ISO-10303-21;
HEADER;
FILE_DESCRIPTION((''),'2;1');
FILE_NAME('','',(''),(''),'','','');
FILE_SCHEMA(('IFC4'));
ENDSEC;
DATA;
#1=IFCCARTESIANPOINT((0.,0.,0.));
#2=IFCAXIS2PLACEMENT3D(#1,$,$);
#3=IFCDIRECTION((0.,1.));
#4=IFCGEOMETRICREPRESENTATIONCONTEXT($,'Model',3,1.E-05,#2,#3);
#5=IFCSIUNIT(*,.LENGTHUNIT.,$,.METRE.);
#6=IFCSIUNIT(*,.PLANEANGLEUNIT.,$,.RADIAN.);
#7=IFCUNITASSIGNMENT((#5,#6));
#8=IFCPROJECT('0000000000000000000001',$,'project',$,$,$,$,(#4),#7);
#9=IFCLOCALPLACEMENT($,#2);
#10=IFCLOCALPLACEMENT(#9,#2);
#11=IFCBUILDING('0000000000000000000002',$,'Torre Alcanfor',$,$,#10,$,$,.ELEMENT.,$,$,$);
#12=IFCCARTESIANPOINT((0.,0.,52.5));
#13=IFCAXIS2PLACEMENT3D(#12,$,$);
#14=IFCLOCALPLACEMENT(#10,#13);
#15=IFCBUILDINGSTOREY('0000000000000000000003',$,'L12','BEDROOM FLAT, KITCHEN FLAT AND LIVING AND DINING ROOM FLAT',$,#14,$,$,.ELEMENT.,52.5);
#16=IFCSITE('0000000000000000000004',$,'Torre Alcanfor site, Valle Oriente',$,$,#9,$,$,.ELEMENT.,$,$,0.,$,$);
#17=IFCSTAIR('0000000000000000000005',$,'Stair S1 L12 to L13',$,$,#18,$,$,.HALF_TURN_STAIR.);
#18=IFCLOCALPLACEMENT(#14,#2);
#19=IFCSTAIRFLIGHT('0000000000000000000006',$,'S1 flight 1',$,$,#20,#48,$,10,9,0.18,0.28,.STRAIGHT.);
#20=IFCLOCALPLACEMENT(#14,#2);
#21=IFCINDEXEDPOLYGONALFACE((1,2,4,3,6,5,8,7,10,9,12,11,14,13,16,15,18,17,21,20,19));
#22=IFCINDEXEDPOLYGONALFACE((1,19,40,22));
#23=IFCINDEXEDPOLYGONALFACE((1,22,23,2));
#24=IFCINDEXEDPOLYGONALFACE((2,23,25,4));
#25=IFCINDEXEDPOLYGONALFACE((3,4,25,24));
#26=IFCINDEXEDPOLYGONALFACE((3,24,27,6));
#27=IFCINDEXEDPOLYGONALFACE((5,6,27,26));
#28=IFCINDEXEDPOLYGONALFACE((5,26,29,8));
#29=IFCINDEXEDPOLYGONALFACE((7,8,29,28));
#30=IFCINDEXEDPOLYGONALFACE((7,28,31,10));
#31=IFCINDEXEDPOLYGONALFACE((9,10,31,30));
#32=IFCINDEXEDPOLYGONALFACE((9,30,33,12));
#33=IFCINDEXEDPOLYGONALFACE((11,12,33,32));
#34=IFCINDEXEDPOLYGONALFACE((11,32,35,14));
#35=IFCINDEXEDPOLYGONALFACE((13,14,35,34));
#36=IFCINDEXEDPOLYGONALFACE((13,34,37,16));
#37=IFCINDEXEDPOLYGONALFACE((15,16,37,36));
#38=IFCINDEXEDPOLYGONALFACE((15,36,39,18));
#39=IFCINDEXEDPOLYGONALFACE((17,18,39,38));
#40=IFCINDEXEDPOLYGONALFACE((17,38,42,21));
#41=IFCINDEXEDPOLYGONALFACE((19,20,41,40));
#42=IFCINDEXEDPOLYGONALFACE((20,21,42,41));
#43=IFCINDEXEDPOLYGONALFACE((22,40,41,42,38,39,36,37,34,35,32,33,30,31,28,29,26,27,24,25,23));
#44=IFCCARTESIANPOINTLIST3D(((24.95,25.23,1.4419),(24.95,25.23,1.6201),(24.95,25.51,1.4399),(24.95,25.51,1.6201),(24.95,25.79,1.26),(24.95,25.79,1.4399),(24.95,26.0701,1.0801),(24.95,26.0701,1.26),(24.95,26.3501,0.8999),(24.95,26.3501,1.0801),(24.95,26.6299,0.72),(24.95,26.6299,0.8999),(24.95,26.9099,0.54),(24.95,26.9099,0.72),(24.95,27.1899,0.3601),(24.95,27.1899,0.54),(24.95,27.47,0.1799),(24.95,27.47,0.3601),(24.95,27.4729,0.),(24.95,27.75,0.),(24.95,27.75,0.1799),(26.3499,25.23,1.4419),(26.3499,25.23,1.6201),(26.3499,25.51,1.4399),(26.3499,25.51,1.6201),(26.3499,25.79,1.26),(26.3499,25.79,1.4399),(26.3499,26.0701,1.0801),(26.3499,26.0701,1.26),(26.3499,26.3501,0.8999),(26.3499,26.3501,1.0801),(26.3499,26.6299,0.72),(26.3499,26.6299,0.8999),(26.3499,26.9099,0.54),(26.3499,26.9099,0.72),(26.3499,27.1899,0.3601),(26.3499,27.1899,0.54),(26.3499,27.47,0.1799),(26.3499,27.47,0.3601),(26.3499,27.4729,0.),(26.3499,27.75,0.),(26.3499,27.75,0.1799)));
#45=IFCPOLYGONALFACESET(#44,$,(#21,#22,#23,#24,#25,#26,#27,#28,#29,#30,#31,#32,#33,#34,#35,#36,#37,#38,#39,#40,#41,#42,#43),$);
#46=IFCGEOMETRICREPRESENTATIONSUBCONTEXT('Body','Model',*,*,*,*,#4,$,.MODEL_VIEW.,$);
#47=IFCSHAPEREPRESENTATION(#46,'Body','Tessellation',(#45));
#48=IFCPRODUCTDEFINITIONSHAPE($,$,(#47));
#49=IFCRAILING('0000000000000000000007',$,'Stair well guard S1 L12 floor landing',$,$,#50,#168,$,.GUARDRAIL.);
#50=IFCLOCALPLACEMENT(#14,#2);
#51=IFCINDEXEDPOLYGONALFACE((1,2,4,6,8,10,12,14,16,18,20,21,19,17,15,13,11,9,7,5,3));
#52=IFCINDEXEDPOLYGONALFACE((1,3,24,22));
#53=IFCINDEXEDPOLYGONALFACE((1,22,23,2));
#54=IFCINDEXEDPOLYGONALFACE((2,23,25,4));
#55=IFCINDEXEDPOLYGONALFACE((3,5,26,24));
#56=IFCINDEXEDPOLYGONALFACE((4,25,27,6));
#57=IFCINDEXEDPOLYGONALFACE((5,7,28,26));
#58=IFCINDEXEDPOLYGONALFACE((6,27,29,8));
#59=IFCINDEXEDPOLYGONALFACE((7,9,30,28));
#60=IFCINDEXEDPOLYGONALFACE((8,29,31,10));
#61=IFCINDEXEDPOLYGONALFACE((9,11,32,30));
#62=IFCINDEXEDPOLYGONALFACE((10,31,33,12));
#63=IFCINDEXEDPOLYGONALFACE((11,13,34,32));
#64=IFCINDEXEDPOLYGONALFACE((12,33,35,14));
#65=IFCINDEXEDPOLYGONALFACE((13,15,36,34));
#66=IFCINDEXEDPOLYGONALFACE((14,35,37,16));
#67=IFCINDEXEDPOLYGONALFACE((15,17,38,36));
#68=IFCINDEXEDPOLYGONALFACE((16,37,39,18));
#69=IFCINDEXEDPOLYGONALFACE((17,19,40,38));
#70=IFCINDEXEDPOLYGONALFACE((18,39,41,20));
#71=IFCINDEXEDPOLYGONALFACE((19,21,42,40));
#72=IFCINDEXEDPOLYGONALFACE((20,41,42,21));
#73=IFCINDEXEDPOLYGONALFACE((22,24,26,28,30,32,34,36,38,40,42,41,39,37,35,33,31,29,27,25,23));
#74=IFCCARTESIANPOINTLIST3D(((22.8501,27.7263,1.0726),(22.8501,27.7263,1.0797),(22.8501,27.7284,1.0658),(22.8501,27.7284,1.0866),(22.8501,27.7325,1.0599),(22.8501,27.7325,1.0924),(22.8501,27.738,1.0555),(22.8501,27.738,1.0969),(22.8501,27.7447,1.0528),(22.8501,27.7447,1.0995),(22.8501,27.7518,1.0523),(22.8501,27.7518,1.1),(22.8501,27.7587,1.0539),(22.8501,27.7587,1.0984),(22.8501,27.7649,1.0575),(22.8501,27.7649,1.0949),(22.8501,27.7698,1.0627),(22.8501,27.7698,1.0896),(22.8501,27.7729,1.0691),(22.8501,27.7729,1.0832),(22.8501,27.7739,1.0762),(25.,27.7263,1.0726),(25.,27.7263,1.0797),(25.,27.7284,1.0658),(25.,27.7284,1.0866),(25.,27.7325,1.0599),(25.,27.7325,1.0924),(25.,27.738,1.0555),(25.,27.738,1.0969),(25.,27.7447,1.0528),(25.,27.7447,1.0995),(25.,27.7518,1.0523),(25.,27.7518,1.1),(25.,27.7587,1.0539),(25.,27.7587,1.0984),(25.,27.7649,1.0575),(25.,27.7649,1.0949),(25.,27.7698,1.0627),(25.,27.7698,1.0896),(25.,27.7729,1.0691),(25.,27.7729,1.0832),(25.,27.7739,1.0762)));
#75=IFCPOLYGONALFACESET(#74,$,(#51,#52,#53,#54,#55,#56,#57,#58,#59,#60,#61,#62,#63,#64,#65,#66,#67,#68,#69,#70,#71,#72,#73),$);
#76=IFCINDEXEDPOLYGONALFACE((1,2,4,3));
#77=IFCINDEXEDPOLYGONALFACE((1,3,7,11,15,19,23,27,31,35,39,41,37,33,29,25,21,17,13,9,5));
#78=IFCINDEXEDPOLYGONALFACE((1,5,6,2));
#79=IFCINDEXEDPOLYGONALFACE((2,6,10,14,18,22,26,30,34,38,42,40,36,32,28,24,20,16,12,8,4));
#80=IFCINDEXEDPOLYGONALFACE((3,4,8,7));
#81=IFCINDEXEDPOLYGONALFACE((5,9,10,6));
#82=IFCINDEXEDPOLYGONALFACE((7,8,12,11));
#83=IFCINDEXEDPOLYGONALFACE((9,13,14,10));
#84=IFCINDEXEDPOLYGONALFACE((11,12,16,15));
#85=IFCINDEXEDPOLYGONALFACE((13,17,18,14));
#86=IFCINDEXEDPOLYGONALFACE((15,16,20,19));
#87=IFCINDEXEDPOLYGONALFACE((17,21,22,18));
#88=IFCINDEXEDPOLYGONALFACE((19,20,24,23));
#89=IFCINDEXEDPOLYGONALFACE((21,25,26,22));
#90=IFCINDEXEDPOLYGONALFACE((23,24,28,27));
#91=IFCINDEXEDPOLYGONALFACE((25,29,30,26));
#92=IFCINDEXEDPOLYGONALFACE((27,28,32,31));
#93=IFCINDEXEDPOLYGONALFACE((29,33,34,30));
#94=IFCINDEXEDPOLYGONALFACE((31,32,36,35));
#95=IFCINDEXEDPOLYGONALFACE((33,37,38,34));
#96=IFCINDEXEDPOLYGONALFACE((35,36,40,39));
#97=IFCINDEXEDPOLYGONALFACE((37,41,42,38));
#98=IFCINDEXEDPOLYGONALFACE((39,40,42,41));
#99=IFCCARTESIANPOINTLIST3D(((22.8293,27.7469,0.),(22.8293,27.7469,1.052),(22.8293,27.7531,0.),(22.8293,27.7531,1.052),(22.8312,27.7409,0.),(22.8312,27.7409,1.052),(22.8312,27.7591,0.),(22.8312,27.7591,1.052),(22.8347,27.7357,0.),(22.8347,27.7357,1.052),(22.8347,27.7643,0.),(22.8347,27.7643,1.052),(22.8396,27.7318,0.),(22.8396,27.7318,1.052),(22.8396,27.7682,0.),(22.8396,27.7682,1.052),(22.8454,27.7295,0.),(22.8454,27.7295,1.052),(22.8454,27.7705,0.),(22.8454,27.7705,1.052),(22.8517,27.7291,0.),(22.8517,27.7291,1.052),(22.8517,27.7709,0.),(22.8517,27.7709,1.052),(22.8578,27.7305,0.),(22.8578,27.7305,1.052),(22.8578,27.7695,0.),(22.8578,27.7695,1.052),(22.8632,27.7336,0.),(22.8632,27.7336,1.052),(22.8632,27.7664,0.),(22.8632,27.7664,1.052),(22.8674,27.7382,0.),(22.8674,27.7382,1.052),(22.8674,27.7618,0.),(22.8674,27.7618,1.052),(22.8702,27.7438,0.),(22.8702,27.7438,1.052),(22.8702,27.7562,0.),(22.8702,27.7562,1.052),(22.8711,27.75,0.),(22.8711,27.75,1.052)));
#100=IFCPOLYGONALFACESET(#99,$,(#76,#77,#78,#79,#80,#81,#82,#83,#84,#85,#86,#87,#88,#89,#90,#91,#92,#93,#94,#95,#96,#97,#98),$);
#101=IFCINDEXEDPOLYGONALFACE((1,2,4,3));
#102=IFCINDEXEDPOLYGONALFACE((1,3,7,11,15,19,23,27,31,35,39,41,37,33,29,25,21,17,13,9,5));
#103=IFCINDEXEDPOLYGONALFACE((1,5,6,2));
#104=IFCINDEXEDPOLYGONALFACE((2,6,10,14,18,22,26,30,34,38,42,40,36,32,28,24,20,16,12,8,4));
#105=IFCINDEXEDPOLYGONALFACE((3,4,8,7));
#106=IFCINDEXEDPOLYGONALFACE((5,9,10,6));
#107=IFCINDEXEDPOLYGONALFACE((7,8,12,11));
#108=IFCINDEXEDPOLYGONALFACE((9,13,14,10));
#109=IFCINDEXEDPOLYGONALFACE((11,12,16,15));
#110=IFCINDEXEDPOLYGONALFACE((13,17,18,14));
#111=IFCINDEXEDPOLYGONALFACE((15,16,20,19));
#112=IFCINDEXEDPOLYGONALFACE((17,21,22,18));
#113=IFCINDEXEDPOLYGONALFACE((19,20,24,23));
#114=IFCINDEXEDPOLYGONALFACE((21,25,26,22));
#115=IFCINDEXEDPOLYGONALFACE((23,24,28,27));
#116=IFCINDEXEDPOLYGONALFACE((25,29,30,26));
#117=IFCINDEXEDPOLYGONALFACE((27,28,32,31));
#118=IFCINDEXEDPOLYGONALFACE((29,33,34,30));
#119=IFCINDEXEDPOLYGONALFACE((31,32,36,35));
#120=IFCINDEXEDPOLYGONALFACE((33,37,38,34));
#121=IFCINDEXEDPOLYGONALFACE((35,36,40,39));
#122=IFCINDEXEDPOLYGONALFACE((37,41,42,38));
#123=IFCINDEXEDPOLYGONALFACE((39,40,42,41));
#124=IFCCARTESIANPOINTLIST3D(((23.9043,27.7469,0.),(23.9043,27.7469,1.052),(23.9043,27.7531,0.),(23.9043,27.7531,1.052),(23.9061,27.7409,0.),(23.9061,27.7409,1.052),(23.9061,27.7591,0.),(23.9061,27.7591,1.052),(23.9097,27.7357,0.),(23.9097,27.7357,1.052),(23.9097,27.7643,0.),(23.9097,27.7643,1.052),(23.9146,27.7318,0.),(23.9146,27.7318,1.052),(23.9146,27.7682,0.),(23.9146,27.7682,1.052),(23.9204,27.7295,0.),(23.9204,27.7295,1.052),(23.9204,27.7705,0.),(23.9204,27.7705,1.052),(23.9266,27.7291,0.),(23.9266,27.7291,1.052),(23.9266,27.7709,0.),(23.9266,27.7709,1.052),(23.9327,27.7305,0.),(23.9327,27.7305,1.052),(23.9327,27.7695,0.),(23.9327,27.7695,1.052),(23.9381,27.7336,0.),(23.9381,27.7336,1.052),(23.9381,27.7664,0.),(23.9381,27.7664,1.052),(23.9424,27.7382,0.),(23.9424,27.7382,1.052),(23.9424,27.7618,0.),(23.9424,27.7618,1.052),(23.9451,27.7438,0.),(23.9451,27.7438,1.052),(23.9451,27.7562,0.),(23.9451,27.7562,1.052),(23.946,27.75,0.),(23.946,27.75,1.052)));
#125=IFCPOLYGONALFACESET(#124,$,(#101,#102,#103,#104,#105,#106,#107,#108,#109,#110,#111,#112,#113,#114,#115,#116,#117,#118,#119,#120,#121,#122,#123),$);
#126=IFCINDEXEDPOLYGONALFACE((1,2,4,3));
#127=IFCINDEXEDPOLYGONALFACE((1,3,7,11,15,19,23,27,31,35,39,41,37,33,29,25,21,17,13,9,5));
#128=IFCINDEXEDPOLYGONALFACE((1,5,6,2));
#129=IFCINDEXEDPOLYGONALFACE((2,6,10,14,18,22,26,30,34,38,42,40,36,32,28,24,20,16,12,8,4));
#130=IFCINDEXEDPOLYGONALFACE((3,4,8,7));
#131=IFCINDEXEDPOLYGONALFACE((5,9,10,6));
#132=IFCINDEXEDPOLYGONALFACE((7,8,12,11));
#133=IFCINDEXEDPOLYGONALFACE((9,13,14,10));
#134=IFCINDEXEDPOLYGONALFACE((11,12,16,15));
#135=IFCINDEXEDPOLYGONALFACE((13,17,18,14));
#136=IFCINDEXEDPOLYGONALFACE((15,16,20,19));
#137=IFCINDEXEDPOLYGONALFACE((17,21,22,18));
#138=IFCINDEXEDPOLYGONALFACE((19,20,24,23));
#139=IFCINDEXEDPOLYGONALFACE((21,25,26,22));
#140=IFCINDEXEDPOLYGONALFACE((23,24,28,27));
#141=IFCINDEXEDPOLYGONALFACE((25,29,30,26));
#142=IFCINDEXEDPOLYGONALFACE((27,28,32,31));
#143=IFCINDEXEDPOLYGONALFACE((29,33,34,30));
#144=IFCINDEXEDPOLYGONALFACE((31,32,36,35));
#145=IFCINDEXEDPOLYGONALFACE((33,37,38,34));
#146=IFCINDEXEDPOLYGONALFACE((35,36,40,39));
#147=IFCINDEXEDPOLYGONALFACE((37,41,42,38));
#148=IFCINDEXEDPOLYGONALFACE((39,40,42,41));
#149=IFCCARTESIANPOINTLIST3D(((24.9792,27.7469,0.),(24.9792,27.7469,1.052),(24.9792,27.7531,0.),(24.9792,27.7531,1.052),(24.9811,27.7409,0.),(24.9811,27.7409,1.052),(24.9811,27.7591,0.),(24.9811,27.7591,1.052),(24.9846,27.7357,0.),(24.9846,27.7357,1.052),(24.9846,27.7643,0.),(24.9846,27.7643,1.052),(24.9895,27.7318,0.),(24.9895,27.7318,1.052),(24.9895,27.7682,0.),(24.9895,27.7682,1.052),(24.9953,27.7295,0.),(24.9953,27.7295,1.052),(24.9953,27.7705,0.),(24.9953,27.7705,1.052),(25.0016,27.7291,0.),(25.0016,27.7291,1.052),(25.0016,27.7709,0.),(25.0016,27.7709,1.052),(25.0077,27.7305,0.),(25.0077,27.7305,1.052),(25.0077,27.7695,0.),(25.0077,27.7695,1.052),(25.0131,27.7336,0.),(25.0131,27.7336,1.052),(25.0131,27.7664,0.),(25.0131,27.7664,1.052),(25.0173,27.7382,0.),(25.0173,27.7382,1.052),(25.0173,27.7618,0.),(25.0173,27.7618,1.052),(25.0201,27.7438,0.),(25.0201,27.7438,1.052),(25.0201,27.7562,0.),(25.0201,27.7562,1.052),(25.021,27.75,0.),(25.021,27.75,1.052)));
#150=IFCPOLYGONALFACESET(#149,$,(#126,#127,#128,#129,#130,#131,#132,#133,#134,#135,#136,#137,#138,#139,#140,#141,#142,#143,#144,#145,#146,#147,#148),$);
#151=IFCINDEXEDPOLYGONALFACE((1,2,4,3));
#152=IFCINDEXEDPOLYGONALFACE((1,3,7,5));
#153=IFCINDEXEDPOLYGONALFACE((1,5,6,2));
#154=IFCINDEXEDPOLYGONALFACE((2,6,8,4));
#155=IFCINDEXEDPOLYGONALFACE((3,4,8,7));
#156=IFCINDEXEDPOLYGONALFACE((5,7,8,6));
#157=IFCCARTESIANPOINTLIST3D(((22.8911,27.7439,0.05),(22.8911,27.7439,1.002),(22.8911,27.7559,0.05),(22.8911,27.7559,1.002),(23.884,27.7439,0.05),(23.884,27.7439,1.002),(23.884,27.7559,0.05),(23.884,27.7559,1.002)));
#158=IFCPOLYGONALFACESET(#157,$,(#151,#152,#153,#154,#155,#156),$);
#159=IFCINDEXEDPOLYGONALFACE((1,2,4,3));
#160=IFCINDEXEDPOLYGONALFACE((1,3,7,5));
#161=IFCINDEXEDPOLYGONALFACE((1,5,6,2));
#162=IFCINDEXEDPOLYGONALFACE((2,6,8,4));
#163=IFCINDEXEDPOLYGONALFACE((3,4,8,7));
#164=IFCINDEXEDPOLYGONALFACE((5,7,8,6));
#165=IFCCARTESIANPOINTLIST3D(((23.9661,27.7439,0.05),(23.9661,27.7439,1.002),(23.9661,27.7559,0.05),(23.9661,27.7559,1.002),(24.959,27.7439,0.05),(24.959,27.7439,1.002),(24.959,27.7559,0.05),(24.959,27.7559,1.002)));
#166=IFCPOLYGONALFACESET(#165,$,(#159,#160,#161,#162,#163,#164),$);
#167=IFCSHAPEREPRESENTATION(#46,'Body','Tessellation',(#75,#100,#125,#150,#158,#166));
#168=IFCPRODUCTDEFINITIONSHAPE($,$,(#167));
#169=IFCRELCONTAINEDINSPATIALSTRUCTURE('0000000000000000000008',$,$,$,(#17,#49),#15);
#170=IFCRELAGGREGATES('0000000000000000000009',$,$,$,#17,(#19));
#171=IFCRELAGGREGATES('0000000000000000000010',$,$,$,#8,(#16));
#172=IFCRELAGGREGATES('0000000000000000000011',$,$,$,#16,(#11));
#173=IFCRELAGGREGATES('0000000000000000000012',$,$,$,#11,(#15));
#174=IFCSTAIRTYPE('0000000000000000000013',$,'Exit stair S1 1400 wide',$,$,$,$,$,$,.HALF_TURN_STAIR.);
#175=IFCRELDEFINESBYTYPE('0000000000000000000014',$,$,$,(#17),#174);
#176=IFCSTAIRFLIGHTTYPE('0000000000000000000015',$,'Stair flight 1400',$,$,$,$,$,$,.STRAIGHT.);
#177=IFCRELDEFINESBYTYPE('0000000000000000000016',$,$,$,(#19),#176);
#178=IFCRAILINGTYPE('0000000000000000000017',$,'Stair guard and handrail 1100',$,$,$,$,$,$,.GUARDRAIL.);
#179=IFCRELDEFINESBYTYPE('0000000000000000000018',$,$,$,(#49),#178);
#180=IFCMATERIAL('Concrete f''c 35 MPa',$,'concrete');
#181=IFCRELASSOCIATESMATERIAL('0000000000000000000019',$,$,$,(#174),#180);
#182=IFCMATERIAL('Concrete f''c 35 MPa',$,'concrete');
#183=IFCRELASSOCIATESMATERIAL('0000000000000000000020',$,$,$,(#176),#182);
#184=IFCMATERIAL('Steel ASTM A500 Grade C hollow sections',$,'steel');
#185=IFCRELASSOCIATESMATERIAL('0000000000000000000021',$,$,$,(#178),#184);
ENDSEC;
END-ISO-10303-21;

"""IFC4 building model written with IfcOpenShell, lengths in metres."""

from ifc_helpers import new_model, si_unit, direction, frame, origin, origin_2d, place, context, subcontext, project, spatial, polyline, circle, outline, extrude, material, type_object, element, aggregate, save


model = new_model("IFC4")

# Units and contexts
model_context = context("Model", 3, precision=1e-05, world=origin(), true_north=direction((0.0, 1.0)))
body_context = subcontext(model_context, "Body", "Model", "MODEL_VIEW")
ifc_project = project(units=[si_unit("LENGTHUNIT", "METRE"), si_unit("PLANEANGLEUNIT", "RADIAN")], contexts=[model_context])

# Site, building, storey
site_placement = place(None, origin())
site = spatial("IfcSite", under=ifc_project, at=site_placement, Name="Torre Alcanfor site, Valle Oriente", CompositionType="ELEMENT", RefElevation=0.0)
building_placement = place(site_placement, origin())
building = spatial("IfcBuilding", under=site, at=building_placement, Name="Torre Alcanfor", CompositionType="ELEMENT")
storey_placement = place(building_placement, frame((0.0, 0.0, 52.5)))
storey = spatial("IfcBuildingStorey", under=building, at=storey_placement, Name="L12", Description="BEDROOM FLAT, KITCHEN FLAT AND LIVING AND DINING ROOM FLAT", CompositionType="ELEMENT", Elevation=52.5)

# Stair, stair flight
ifc_material_1 = material(Name="Concrete f'c 35 MPa", Category="concrete")
stair_type = type_object("IfcStairType", Name="Exit stair S1 1400 wide", PredefinedType="HALF_TURN_STAIR", material=ifc_material_1)
stair_placement = place(storey_placement, origin())
stair = element("IfcStair", 1, at=stair_placement, inside=storey, type_object=stair_type, Name="Stair S1 L12 to L13", PredefinedType="HALF_TURN_STAIR")
ifc_material_2 = material(Name="Concrete f'c 35 MPa", Category="concrete")
stair_flight_type = type_object("IfcStairFlightType", Name="Stair flight 1400", PredefinedType="STRAIGHT", material=ifc_material_2)
stair_flight_placement = place(storey_placement, frame((25.6499, 27.75, 0.0), z_axis=(0.0, 0.0, 1.0), x_axis=(0.0, -1.0, 0.0)))
stair_flight = element("IfcStairFlight", 2, at=stair_flight_placement, type_object=stair_flight_type, Name="S1 flight 1", NumberOfRisers=10, NumberOfTreads=9, PredefinedType="STRAIGHT", RiserHeight=0.18, TreadLength=0.28, context=body_context, shape_type="SweptSolid", body=[
    extrude(outline(polyline([(0.0, 0.0), (0.0, 0.1799), (0.28, 0.1799), (0.28, 0.3601), (0.5601, 0.3601), (0.5601, 0.54), (0.8401, 0.54), (0.8401, 0.72), (1.1201, 0.72), (1.1201, 0.8999), (1.3999, 0.8999), (1.3999, 1.0801), (1.6799, 1.0801), (1.6799, 1.26), (1.96, 1.26), (1.96, 1.4399), (2.24, 1.4399), (2.24, 1.6201), (2.52, 1.6201), (2.52, 1.8), (2.52, 1.4419), (0.2771, 0.0), (0.0, 0.0)])), frame((0.0, 0.7, 0.0), z_axis=(0.0, -1.0, 0.0), x_axis=(1.0, 0.0, 0.0)), (0.0, 0.0, 1.0), 1.3999),
])
aggregate(stair, [stair_flight])

# Railing
ifc_material_3 = material(Name="Steel ASTM A500 Grade C hollow sections", Category="steel")
railing_type_1 = type_object("IfcRailingType", Name="Stair guard and handrail 1100", PredefinedType="GUARDRAIL", material=ifc_material_3)
railing_1_placement = place(storey_placement, frame((22.8501, 27.75, 0.0)))
element("IfcRailing", 3, at=railing_1_placement, inside=storey, type_object=railing_type_1, Name="Stair well guard S1 L12 floor landing", PredefinedType="GUARDRAIL", context=body_context, shape_type="SweptSolid", body=[
    extrude(circle(Radius=0.0239, at=origin_2d()), frame((0.0, 0.0, 1.0762), z_axis=(1.0, 0.0, 0.0), x_axis=(0.0, 1.0, 0.0)), (0.0, 0.0, 1.0), 2.1499),
    extrude(circle(Radius=0.021, at=origin_2d()), origin(), (0.0, 0.0, 1.0), 1.052),
    extrude(circle(Radius=0.021, at=origin_2d()), frame((1.075, 0.0, 0.0)), (0.0, 0.0, 1.0), 1.052),
    extrude(circle(Radius=0.021, at=origin_2d()), frame((2.1499, 0.0, 0.0)), (0.0, 0.0, 1.0), 1.052),
    extrude(outline(polyline([(0.041, 0.05), (1.0339, 0.05), (1.0339, 1.002), (0.041, 1.002), (0.041, 0.05)])), frame((0.0, 0.0059, 0.0), z_axis=(0.0, -1.0, 0.0), x_axis=(1.0, 0.0, 0.0)), (0.0, 0.0, 1.0), 0.012),
    extrude(outline(polyline([(1.116, 0.05), (2.1089, 0.05), (2.1089, 1.002), (1.116, 1.002), (1.116, 0.05)])), frame((0.0, 0.0059, 0.0), z_axis=(0.0, -1.0, 0.0), x_axis=(1.0, 0.0, 0.0)), (0.0, 0.0, 1.0), 0.012),
])

save(model, "model.ifc")
